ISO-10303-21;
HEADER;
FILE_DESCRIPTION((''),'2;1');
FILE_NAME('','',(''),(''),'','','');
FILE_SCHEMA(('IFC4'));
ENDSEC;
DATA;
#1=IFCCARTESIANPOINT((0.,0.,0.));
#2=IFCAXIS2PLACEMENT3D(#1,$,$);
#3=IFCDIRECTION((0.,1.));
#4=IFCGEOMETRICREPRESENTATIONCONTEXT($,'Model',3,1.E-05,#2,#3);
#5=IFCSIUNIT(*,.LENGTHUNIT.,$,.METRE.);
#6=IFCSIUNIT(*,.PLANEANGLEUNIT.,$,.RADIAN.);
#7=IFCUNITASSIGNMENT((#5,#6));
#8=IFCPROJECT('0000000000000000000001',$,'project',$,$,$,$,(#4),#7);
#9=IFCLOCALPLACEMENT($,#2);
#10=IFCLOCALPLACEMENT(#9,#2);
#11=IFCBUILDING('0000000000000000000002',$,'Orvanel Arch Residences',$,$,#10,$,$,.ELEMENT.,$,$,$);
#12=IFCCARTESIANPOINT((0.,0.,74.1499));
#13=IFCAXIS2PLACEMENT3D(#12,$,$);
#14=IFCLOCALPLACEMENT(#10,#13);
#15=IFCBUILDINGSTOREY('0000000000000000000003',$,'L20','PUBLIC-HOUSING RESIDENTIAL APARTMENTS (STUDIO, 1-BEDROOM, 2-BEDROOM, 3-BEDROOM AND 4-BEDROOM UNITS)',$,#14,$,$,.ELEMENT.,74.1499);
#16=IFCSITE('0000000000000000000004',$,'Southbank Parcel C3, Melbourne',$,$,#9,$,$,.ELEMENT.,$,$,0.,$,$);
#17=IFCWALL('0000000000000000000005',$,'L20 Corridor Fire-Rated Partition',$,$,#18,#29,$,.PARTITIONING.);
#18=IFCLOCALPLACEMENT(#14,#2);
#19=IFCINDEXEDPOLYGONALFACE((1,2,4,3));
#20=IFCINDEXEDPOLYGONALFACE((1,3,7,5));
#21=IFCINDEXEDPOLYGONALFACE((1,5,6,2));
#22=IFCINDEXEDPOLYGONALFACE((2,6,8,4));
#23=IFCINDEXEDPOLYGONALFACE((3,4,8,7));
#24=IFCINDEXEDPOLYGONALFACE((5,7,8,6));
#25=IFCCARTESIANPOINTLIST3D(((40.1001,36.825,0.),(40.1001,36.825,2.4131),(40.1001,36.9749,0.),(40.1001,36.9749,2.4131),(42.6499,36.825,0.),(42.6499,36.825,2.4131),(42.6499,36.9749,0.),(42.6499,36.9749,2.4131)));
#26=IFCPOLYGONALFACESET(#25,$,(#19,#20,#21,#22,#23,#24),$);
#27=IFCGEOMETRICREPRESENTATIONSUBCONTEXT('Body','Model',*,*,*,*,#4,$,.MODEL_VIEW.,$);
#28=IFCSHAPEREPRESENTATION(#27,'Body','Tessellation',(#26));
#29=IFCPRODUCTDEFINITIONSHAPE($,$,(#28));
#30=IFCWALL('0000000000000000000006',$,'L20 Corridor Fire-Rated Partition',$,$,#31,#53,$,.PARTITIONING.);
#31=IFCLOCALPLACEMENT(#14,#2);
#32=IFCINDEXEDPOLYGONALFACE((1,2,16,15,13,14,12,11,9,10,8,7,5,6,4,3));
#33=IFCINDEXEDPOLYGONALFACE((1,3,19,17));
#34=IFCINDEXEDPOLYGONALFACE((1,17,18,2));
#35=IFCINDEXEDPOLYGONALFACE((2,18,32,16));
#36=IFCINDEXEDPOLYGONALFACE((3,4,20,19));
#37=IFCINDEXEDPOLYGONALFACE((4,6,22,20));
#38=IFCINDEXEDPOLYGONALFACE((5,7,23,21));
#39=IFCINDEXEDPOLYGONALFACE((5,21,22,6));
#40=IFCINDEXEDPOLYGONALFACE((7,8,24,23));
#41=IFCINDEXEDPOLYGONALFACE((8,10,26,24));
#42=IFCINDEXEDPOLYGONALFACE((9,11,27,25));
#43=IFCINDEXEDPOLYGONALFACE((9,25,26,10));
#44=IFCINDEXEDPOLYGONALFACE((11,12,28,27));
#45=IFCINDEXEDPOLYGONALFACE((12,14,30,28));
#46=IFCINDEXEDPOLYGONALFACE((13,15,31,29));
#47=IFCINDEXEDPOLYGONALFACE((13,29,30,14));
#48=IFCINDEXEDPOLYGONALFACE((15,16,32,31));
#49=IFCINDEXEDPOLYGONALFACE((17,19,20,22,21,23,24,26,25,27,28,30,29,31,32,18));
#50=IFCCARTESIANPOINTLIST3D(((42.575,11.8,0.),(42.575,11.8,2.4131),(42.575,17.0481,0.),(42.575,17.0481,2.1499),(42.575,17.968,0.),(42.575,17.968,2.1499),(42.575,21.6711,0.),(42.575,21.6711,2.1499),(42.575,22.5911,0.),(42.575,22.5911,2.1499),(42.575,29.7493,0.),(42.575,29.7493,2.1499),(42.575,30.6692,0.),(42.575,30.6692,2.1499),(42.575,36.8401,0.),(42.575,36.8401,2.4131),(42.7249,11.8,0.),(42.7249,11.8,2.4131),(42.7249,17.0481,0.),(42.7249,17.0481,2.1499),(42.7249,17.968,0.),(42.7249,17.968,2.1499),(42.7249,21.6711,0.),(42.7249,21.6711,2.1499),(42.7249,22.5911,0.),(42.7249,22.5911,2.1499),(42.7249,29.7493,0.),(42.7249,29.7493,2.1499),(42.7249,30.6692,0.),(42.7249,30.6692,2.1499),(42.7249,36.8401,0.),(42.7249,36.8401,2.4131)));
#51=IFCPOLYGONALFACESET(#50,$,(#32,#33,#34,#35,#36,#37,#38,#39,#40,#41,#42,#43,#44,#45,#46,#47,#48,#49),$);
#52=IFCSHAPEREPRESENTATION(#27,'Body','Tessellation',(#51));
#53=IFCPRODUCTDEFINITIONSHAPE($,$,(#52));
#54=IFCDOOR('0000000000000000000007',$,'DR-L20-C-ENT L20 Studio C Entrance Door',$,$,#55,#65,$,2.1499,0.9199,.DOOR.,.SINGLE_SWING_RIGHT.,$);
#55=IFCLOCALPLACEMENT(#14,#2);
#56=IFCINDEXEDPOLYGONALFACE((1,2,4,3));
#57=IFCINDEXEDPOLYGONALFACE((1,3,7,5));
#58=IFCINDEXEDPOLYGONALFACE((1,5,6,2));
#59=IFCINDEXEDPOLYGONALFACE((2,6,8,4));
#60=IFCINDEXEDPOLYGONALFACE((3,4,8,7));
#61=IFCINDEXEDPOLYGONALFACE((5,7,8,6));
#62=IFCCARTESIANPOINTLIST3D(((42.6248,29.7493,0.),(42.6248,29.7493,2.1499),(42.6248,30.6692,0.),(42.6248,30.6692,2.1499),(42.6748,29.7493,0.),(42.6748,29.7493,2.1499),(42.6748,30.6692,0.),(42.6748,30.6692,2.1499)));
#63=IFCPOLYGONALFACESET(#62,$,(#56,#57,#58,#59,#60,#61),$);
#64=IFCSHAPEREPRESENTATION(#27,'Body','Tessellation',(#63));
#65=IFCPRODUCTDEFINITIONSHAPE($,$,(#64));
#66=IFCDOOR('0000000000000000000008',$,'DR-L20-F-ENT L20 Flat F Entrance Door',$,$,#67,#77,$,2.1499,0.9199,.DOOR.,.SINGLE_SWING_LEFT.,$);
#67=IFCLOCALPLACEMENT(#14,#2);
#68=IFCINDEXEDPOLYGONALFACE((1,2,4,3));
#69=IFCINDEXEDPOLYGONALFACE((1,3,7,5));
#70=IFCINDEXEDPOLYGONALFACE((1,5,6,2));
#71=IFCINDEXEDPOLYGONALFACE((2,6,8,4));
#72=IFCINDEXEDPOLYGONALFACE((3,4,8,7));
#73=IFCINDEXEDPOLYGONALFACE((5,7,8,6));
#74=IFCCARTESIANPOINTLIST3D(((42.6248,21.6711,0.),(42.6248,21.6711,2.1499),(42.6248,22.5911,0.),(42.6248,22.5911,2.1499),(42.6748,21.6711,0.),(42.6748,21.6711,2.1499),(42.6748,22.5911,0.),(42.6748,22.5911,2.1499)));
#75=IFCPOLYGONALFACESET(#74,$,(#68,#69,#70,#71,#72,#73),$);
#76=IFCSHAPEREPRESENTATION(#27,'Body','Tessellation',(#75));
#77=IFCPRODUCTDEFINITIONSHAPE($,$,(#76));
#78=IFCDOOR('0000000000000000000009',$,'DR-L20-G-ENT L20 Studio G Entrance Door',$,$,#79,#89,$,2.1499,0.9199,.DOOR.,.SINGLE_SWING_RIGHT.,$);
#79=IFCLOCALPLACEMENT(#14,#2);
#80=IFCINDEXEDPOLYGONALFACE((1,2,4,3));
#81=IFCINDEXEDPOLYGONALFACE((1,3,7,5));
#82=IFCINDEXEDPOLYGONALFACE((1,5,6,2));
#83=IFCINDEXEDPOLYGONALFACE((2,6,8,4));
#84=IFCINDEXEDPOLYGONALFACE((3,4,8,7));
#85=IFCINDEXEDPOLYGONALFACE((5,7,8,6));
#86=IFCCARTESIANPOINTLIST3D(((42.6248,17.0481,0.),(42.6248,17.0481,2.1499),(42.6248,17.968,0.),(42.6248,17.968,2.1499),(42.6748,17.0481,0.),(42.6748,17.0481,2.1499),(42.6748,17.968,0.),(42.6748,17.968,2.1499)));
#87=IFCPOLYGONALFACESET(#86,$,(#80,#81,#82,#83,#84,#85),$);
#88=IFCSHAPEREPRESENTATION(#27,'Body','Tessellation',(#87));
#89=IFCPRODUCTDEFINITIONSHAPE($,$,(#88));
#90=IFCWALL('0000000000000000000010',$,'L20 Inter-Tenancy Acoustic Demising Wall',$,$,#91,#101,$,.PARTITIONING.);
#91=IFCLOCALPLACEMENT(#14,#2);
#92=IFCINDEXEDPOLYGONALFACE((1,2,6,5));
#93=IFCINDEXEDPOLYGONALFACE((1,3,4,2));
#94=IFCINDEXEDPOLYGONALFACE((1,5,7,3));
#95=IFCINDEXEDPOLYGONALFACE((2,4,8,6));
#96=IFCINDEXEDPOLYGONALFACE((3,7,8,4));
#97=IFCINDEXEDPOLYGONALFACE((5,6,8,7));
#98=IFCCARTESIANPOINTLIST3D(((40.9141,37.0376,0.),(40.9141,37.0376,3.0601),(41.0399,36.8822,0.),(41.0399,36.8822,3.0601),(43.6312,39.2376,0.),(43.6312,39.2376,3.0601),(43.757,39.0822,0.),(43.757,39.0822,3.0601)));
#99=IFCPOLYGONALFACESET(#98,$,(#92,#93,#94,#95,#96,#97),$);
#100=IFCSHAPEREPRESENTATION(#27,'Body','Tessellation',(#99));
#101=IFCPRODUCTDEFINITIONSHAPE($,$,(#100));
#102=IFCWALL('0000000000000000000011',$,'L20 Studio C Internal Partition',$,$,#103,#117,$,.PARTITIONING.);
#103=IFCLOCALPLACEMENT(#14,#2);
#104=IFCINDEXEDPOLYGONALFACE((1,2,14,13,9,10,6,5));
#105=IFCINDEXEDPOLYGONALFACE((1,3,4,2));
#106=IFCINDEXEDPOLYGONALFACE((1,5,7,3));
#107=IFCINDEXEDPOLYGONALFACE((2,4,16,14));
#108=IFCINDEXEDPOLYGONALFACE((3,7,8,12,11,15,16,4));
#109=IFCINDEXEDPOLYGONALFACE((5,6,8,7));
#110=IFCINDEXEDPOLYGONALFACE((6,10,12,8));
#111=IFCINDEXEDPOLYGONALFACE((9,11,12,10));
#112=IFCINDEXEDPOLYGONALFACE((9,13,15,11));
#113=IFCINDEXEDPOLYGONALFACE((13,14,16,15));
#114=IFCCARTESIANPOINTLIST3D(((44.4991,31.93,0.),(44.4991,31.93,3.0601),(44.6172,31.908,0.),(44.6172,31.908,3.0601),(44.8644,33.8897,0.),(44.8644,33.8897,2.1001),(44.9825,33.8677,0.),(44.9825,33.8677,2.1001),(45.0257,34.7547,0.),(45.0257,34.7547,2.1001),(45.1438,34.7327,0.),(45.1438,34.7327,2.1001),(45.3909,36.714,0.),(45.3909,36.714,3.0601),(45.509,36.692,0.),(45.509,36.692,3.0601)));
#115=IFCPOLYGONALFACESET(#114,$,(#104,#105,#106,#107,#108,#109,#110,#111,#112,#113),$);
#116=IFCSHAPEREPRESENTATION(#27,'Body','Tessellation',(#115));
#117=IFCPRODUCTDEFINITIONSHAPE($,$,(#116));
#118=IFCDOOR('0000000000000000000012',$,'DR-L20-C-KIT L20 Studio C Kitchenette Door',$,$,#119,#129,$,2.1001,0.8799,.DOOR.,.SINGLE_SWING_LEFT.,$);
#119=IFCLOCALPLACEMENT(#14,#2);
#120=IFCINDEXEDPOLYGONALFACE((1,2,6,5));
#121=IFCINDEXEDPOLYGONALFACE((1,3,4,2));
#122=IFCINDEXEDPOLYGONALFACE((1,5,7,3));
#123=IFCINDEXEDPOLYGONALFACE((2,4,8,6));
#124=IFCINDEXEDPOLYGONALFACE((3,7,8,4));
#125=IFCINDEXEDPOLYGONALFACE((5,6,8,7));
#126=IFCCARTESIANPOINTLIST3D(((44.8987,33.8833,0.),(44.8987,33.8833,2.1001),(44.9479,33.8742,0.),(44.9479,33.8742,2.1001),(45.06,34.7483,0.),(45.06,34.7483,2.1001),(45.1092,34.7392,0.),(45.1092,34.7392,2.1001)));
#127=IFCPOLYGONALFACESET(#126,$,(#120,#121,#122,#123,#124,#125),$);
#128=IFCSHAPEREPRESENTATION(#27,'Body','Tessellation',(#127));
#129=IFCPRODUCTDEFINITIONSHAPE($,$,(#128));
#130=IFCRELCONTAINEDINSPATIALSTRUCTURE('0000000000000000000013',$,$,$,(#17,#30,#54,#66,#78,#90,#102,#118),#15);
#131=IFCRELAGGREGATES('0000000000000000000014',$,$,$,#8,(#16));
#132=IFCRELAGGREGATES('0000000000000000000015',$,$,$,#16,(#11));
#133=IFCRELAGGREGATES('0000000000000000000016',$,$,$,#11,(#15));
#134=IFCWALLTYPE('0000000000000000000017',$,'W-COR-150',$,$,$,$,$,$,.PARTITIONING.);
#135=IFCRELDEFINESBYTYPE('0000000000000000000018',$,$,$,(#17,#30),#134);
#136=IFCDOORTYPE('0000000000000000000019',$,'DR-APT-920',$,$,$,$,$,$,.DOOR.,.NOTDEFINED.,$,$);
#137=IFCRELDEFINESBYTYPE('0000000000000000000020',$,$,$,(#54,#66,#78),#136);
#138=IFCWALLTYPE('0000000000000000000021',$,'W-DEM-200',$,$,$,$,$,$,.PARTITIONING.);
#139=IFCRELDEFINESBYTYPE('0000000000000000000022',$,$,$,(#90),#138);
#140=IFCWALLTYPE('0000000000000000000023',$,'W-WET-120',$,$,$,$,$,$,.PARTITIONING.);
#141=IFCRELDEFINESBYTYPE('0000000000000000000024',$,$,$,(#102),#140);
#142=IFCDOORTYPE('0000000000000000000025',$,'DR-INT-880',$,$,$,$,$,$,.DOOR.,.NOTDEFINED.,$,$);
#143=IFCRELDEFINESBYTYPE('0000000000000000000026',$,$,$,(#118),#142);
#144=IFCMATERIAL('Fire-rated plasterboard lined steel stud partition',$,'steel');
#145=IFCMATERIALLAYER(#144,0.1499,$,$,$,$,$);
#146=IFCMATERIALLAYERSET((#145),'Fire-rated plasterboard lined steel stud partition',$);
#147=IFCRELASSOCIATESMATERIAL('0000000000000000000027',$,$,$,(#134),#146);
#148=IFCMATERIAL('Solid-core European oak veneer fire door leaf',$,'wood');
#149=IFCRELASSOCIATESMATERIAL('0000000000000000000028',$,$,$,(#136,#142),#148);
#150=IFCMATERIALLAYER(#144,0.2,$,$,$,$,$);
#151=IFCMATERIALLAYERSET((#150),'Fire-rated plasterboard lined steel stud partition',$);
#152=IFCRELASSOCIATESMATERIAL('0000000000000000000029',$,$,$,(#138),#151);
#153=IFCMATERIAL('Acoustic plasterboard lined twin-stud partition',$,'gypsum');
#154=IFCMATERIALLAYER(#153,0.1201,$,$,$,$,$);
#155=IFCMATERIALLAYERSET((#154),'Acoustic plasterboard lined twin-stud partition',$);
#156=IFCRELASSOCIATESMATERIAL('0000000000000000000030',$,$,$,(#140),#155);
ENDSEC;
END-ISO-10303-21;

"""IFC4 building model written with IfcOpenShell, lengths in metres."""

from ifc_helpers import new_model, si_unit, direction, frame, frame_2d, origin, place, context, subcontext, project, spatial, rectangle, extrude, material, layer, layer_set, type_object, element, fill, save


model = new_model("IFC4")

# Units and contexts
model_context = context("Model", 3, precision=1e-05, world=origin(), true_north=direction((0.0, 1.0)))
body_context = subcontext(model_context, "Body", "Model", "MODEL_VIEW")
ifc_project = project(units=[si_unit("LENGTHUNIT", "METRE"), si_unit("PLANEANGLEUNIT", "RADIAN")], contexts=[model_context])

# Site, building, storey
site_placement = place(None, origin())
site = spatial("IfcSite", under=ifc_project, at=site_placement, Name="Southbank Parcel C3, Melbourne", CompositionType="ELEMENT", RefElevation=0.0)
building_placement = place(site_placement, origin())
building = spatial("IfcBuilding", under=site, at=building_placement, Name="Orvanel Arch Residences", CompositionType="ELEMENT")
storey_placement = place(building_placement, frame((0.0, 0.0, 74.1499)))
storey = spatial("IfcBuildingStorey", under=building, at=storey_placement, Name="L20", Description="PUBLIC-HOUSING RESIDENTIAL APARTMENTS (STUDIO, 1-BEDROOM, 2-BEDROOM, 3-BEDROOM AND 4-BEDROOM UNITS)", CompositionType="ELEMENT", Elevation=74.1499)

# Wall
ifc_material_1 = material(Name="Fire-rated plasterboard lined steel stud partition", Category="steel")
ifc_layer_1 = layer(ifc_material_1, 0.1499)
ifc_layer_set_1 = layer_set([ifc_layer_1], Name="Fire-rated plasterboard lined steel stud partition")
wall_type_1 = type_object("IfcWallType", Name="W-COR-150", PredefinedType="PARTITIONING", material=ifc_layer_set_1)
wall_1_placement = place(storey_placement, frame((40.1001, 36.8999, 0.0), z_axis=(0.0, 0.0, 1.0), x_axis=(1.0, 0.0, 0.0)))
element("IfcWall", 1, at=wall_1_placement, inside=storey, type_object=wall_type_1, Name="L20 Corridor Fire-Rated Partition", PredefinedType="PARTITIONING", context=body_context, shape_type="SweptSolid", body=[
    extrude(rectangle(XDim=2.5498, YDim=0.1499, at=frame_2d((1.2749, 0.0))), origin(), (0.0, 0.0, 1.0), 2.4131),
])

# Wall, openings, doors
wall_2_placement = place(storey_placement, frame((42.6499, 36.8401, 0.0), z_axis=(0.0, 0.0, 1.0), x_axis=(0.0, -1.0, 0.0)))
wall_2 = element("IfcWall", 2, at=wall_2_placement, inside=storey, type_object=wall_type_1, Name="L20 Corridor Fire-Rated Partition", PredefinedType="PARTITIONING", context=body_context, shape_type="SweptSolid", body=[
    extrude(rectangle(XDim=25.04, YDim=0.1499, at=frame_2d((12.52, 0.0))), origin(), (0.0, 0.0, 1.0), 2.4131),
])
opening_1_placement = place(wall_2_placement, frame((6.1709, 0.0, 0.0)))
opening_1 = element("IfcOpeningElement", 3, at=opening_1_placement, cuts=wall_2, PredefinedType="OPENING", context=body_context, shape_type="SweptSolid", body=[
    extrude(rectangle(XDim=0.9199, YDim=2.1499, at=frame_2d((0.46, 1.075))), frame((0.0, 0.085, 0.0), z_axis=(0.0, -1.0, 0.0), x_axis=(1.0, 0.0, 0.0)), (0.0, 0.0, 1.0), 0.1699),
])
opening_2_placement = place(wall_2_placement, frame((14.249, 0.0, 0.0)))
opening_2 = element("IfcOpeningElement", 4, at=opening_2_placement, cuts=wall_2, PredefinedType="OPENING", context=body_context, shape_type="SweptSolid", body=[
    extrude(rectangle(XDim=0.9199, YDim=2.1499, at=frame_2d((0.46, 1.075))), frame((0.0, 0.085, 0.0), z_axis=(0.0, -1.0, 0.0), x_axis=(1.0, 0.0, 0.0)), (0.0, 0.0, 1.0), 0.1699),
])
opening_3_placement = place(wall_2_placement, frame((18.8721, 0.0, 0.0)))
opening_3 = element("IfcOpeningElement", 5, at=opening_3_placement, cuts=wall_2, PredefinedType="OPENING", context=body_context, shape_type="SweptSolid", body=[
    extrude(rectangle(XDim=0.9199, YDim=2.1499, at=frame_2d((0.46, 1.075))), frame((0.0, 0.085, 0.0), z_axis=(0.0, -1.0, 0.0), x_axis=(1.0, 0.0, 0.0)), (0.0, 0.0, 1.0), 0.1699),
])
ifc_material_2 = material(Name="Solid-core European oak veneer fire door leaf", Category="wood")
door_type_1 = type_object("IfcDoorType", Name="DR-APT-920", OperationType="NOTDEFINED", PredefinedType="DOOR", material=ifc_material_2)
door_1_placement = place(opening_1_placement, origin())
door_1 = element("IfcDoor", 6, at=door_1_placement, inside=storey, type_object=door_type_1, Name="DR-L20-C-ENT L20 Studio C Entrance Door", OperationType="SINGLE_SWING_RIGHT", OverallHeight=2.1499, OverallWidth=0.9199, PredefinedType="DOOR", context=body_context, shape_type="SweptSolid", body=[
    extrude(rectangle(XDim=0.9199, YDim=2.1499, at=frame_2d((0.46, 1.075))), frame((0.0, 0.0249, 0.0), z_axis=(0.0, -1.0, 0.0), x_axis=(1.0, 0.0, 0.0)), (0.0, 0.0, 1.0), 0.05),
])
fill(opening_1, door_1)
door_2_placement = place(opening_2_placement, origin())
door_2 = element("IfcDoor", 7, at=door_2_placement, inside=storey, type_object=door_type_1, Name="DR-L20-F-ENT L20 Flat F Entrance Door", OperationType="SINGLE_SWING_LEFT", OverallHeight=2.1499, OverallWidth=0.9199, PredefinedType="DOOR", context=body_context, shape_type="SweptSolid", body=[
    extrude(rectangle(XDim=0.9199, YDim=2.1499, at=frame_2d((0.46, 1.075))), frame((0.0, 0.0249, 0.0), z_axis=(0.0, -1.0, 0.0), x_axis=(1.0, 0.0, 0.0)), (0.0, 0.0, 1.0), 0.05),
])
fill(opening_2, door_2)
door_3_placement = place(opening_3_placement, origin())
door_3 = element("IfcDoor", 8, at=door_3_placement, inside=storey, type_object=door_type_1, Name="DR-L20-G-ENT L20 Studio G Entrance Door", OperationType="SINGLE_SWING_RIGHT", OverallHeight=2.1499, OverallWidth=0.9199, PredefinedType="DOOR", context=body_context, shape_type="SweptSolid", body=[
    extrude(rectangle(XDim=0.9199, YDim=2.1499, at=frame_2d((0.46, 1.075))), frame((0.0, 0.0249, 0.0), z_axis=(0.0, -1.0, 0.0), x_axis=(1.0, 0.0, 0.0)), (0.0, 0.0, 1.0), 0.05),
])
fill(opening_3, door_3)

# Wall
ifc_layer_2 = layer(ifc_material_1, 0.2)
ifc_layer_set_2 = layer_set([ifc_layer_2], Name="Fire-rated plasterboard lined steel stud partition")
wall_type_2 = type_object("IfcWallType", Name="W-DEM-200", PredefinedType="PARTITIONING", material=ifc_layer_set_2)
wall_3_placement = place(storey_placement, frame((43.6941, 39.1599, 0.0), z_axis=(0.0, 0.0, 1.0), x_axis=(-0.777183, -0.629275, 0.0)))
element("IfcWall", 9, at=wall_3_placement, inside=storey, type_object=wall_type_2, Name="L20 Inter-Tenancy Acoustic Demising Wall", PredefinedType="PARTITIONING", context=body_context, shape_type="SweptSolid", body=[
    extrude(rectangle(XDim=3.4961, YDim=0.2, at=frame_2d((1.748, 0.0))), origin(), (0.0, 0.0, 1.0), 3.0601),
])

# Wall, opening, door
ifc_material_3 = material(Name="Acoustic plasterboard lined twin-stud partition", Category="gypsum")
ifc_layer_3 = layer(ifc_material_3, 0.1201)
ifc_layer_set_3 = layer_set([ifc_layer_3], Name="Acoustic plasterboard lined twin-stud partition")
wall_type_3 = type_object("IfcWallType", Name="W-WET-120", PredefinedType="PARTITIONING", material=ifc_layer_set_3)
wall_4_placement = place(storey_placement, frame((45.45, 36.7029, 0.0), z_axis=(0.0, 0.0, 1.0), x_axis=(-0.183268, -0.983063, 0.0)))
wall_4 = element("IfcWall", 10, at=wall_4_placement, inside=storey, type_object=wall_type_3, Name="L20 Studio C Internal Partition", PredefinedType="PARTITIONING", context=body_context, shape_type="SweptSolid", body=[
    extrude(rectangle(XDim=4.8665, YDim=0.1201, at=frame_2d((2.4331, 0.0))), origin(), (0.0, 0.0, 1.0), 3.0601),
])
opening_4_placement = place(wall_4_placement, frame((1.9929, 0.0, 0.0)))
opening_4 = element("IfcOpeningElement", 11, at=opening_4_placement, cuts=wall_4, PredefinedType="OPENING", context=body_context, shape_type="SweptSolid", body=[
    extrude(rectangle(XDim=0.8799, YDim=2.1001, at=frame_2d((0.4399, 1.05))), frame((0.0, 0.0701, 0.0), z_axis=(0.0, -1.0, 0.0), x_axis=(1.0, 0.0, 0.0)), (0.0, 0.0, 1.0), 0.1401),
])
door_type_2 = type_object("IfcDoorType", Name="DR-INT-880", OperationType="NOTDEFINED", PredefinedType="DOOR", material=ifc_material_2)
door_4_placement = place(opening_4_placement, origin())
door_4 = element("IfcDoor", 12, at=door_4_placement, inside=storey, type_object=door_type_2, Name="DR-L20-C-KIT L20 Studio C Kitchenette Door", OperationType="SINGLE_SWING_LEFT", OverallHeight=2.1001, OverallWidth=0.8799, PredefinedType="DOOR", context=body_context, shape_type="SweptSolid", body=[
    extrude(rectangle(XDim=0.8799, YDim=2.1001, at=frame_2d((0.4399, 1.05))), frame((0.0, 0.0249, 0.0), z_axis=(0.0, -1.0, 0.0), x_axis=(1.0, 0.0, 0.0)), (0.0, 0.0, 1.0), 0.05),
])
fill(opening_4, door_4)

save(model, "model.ifc")
